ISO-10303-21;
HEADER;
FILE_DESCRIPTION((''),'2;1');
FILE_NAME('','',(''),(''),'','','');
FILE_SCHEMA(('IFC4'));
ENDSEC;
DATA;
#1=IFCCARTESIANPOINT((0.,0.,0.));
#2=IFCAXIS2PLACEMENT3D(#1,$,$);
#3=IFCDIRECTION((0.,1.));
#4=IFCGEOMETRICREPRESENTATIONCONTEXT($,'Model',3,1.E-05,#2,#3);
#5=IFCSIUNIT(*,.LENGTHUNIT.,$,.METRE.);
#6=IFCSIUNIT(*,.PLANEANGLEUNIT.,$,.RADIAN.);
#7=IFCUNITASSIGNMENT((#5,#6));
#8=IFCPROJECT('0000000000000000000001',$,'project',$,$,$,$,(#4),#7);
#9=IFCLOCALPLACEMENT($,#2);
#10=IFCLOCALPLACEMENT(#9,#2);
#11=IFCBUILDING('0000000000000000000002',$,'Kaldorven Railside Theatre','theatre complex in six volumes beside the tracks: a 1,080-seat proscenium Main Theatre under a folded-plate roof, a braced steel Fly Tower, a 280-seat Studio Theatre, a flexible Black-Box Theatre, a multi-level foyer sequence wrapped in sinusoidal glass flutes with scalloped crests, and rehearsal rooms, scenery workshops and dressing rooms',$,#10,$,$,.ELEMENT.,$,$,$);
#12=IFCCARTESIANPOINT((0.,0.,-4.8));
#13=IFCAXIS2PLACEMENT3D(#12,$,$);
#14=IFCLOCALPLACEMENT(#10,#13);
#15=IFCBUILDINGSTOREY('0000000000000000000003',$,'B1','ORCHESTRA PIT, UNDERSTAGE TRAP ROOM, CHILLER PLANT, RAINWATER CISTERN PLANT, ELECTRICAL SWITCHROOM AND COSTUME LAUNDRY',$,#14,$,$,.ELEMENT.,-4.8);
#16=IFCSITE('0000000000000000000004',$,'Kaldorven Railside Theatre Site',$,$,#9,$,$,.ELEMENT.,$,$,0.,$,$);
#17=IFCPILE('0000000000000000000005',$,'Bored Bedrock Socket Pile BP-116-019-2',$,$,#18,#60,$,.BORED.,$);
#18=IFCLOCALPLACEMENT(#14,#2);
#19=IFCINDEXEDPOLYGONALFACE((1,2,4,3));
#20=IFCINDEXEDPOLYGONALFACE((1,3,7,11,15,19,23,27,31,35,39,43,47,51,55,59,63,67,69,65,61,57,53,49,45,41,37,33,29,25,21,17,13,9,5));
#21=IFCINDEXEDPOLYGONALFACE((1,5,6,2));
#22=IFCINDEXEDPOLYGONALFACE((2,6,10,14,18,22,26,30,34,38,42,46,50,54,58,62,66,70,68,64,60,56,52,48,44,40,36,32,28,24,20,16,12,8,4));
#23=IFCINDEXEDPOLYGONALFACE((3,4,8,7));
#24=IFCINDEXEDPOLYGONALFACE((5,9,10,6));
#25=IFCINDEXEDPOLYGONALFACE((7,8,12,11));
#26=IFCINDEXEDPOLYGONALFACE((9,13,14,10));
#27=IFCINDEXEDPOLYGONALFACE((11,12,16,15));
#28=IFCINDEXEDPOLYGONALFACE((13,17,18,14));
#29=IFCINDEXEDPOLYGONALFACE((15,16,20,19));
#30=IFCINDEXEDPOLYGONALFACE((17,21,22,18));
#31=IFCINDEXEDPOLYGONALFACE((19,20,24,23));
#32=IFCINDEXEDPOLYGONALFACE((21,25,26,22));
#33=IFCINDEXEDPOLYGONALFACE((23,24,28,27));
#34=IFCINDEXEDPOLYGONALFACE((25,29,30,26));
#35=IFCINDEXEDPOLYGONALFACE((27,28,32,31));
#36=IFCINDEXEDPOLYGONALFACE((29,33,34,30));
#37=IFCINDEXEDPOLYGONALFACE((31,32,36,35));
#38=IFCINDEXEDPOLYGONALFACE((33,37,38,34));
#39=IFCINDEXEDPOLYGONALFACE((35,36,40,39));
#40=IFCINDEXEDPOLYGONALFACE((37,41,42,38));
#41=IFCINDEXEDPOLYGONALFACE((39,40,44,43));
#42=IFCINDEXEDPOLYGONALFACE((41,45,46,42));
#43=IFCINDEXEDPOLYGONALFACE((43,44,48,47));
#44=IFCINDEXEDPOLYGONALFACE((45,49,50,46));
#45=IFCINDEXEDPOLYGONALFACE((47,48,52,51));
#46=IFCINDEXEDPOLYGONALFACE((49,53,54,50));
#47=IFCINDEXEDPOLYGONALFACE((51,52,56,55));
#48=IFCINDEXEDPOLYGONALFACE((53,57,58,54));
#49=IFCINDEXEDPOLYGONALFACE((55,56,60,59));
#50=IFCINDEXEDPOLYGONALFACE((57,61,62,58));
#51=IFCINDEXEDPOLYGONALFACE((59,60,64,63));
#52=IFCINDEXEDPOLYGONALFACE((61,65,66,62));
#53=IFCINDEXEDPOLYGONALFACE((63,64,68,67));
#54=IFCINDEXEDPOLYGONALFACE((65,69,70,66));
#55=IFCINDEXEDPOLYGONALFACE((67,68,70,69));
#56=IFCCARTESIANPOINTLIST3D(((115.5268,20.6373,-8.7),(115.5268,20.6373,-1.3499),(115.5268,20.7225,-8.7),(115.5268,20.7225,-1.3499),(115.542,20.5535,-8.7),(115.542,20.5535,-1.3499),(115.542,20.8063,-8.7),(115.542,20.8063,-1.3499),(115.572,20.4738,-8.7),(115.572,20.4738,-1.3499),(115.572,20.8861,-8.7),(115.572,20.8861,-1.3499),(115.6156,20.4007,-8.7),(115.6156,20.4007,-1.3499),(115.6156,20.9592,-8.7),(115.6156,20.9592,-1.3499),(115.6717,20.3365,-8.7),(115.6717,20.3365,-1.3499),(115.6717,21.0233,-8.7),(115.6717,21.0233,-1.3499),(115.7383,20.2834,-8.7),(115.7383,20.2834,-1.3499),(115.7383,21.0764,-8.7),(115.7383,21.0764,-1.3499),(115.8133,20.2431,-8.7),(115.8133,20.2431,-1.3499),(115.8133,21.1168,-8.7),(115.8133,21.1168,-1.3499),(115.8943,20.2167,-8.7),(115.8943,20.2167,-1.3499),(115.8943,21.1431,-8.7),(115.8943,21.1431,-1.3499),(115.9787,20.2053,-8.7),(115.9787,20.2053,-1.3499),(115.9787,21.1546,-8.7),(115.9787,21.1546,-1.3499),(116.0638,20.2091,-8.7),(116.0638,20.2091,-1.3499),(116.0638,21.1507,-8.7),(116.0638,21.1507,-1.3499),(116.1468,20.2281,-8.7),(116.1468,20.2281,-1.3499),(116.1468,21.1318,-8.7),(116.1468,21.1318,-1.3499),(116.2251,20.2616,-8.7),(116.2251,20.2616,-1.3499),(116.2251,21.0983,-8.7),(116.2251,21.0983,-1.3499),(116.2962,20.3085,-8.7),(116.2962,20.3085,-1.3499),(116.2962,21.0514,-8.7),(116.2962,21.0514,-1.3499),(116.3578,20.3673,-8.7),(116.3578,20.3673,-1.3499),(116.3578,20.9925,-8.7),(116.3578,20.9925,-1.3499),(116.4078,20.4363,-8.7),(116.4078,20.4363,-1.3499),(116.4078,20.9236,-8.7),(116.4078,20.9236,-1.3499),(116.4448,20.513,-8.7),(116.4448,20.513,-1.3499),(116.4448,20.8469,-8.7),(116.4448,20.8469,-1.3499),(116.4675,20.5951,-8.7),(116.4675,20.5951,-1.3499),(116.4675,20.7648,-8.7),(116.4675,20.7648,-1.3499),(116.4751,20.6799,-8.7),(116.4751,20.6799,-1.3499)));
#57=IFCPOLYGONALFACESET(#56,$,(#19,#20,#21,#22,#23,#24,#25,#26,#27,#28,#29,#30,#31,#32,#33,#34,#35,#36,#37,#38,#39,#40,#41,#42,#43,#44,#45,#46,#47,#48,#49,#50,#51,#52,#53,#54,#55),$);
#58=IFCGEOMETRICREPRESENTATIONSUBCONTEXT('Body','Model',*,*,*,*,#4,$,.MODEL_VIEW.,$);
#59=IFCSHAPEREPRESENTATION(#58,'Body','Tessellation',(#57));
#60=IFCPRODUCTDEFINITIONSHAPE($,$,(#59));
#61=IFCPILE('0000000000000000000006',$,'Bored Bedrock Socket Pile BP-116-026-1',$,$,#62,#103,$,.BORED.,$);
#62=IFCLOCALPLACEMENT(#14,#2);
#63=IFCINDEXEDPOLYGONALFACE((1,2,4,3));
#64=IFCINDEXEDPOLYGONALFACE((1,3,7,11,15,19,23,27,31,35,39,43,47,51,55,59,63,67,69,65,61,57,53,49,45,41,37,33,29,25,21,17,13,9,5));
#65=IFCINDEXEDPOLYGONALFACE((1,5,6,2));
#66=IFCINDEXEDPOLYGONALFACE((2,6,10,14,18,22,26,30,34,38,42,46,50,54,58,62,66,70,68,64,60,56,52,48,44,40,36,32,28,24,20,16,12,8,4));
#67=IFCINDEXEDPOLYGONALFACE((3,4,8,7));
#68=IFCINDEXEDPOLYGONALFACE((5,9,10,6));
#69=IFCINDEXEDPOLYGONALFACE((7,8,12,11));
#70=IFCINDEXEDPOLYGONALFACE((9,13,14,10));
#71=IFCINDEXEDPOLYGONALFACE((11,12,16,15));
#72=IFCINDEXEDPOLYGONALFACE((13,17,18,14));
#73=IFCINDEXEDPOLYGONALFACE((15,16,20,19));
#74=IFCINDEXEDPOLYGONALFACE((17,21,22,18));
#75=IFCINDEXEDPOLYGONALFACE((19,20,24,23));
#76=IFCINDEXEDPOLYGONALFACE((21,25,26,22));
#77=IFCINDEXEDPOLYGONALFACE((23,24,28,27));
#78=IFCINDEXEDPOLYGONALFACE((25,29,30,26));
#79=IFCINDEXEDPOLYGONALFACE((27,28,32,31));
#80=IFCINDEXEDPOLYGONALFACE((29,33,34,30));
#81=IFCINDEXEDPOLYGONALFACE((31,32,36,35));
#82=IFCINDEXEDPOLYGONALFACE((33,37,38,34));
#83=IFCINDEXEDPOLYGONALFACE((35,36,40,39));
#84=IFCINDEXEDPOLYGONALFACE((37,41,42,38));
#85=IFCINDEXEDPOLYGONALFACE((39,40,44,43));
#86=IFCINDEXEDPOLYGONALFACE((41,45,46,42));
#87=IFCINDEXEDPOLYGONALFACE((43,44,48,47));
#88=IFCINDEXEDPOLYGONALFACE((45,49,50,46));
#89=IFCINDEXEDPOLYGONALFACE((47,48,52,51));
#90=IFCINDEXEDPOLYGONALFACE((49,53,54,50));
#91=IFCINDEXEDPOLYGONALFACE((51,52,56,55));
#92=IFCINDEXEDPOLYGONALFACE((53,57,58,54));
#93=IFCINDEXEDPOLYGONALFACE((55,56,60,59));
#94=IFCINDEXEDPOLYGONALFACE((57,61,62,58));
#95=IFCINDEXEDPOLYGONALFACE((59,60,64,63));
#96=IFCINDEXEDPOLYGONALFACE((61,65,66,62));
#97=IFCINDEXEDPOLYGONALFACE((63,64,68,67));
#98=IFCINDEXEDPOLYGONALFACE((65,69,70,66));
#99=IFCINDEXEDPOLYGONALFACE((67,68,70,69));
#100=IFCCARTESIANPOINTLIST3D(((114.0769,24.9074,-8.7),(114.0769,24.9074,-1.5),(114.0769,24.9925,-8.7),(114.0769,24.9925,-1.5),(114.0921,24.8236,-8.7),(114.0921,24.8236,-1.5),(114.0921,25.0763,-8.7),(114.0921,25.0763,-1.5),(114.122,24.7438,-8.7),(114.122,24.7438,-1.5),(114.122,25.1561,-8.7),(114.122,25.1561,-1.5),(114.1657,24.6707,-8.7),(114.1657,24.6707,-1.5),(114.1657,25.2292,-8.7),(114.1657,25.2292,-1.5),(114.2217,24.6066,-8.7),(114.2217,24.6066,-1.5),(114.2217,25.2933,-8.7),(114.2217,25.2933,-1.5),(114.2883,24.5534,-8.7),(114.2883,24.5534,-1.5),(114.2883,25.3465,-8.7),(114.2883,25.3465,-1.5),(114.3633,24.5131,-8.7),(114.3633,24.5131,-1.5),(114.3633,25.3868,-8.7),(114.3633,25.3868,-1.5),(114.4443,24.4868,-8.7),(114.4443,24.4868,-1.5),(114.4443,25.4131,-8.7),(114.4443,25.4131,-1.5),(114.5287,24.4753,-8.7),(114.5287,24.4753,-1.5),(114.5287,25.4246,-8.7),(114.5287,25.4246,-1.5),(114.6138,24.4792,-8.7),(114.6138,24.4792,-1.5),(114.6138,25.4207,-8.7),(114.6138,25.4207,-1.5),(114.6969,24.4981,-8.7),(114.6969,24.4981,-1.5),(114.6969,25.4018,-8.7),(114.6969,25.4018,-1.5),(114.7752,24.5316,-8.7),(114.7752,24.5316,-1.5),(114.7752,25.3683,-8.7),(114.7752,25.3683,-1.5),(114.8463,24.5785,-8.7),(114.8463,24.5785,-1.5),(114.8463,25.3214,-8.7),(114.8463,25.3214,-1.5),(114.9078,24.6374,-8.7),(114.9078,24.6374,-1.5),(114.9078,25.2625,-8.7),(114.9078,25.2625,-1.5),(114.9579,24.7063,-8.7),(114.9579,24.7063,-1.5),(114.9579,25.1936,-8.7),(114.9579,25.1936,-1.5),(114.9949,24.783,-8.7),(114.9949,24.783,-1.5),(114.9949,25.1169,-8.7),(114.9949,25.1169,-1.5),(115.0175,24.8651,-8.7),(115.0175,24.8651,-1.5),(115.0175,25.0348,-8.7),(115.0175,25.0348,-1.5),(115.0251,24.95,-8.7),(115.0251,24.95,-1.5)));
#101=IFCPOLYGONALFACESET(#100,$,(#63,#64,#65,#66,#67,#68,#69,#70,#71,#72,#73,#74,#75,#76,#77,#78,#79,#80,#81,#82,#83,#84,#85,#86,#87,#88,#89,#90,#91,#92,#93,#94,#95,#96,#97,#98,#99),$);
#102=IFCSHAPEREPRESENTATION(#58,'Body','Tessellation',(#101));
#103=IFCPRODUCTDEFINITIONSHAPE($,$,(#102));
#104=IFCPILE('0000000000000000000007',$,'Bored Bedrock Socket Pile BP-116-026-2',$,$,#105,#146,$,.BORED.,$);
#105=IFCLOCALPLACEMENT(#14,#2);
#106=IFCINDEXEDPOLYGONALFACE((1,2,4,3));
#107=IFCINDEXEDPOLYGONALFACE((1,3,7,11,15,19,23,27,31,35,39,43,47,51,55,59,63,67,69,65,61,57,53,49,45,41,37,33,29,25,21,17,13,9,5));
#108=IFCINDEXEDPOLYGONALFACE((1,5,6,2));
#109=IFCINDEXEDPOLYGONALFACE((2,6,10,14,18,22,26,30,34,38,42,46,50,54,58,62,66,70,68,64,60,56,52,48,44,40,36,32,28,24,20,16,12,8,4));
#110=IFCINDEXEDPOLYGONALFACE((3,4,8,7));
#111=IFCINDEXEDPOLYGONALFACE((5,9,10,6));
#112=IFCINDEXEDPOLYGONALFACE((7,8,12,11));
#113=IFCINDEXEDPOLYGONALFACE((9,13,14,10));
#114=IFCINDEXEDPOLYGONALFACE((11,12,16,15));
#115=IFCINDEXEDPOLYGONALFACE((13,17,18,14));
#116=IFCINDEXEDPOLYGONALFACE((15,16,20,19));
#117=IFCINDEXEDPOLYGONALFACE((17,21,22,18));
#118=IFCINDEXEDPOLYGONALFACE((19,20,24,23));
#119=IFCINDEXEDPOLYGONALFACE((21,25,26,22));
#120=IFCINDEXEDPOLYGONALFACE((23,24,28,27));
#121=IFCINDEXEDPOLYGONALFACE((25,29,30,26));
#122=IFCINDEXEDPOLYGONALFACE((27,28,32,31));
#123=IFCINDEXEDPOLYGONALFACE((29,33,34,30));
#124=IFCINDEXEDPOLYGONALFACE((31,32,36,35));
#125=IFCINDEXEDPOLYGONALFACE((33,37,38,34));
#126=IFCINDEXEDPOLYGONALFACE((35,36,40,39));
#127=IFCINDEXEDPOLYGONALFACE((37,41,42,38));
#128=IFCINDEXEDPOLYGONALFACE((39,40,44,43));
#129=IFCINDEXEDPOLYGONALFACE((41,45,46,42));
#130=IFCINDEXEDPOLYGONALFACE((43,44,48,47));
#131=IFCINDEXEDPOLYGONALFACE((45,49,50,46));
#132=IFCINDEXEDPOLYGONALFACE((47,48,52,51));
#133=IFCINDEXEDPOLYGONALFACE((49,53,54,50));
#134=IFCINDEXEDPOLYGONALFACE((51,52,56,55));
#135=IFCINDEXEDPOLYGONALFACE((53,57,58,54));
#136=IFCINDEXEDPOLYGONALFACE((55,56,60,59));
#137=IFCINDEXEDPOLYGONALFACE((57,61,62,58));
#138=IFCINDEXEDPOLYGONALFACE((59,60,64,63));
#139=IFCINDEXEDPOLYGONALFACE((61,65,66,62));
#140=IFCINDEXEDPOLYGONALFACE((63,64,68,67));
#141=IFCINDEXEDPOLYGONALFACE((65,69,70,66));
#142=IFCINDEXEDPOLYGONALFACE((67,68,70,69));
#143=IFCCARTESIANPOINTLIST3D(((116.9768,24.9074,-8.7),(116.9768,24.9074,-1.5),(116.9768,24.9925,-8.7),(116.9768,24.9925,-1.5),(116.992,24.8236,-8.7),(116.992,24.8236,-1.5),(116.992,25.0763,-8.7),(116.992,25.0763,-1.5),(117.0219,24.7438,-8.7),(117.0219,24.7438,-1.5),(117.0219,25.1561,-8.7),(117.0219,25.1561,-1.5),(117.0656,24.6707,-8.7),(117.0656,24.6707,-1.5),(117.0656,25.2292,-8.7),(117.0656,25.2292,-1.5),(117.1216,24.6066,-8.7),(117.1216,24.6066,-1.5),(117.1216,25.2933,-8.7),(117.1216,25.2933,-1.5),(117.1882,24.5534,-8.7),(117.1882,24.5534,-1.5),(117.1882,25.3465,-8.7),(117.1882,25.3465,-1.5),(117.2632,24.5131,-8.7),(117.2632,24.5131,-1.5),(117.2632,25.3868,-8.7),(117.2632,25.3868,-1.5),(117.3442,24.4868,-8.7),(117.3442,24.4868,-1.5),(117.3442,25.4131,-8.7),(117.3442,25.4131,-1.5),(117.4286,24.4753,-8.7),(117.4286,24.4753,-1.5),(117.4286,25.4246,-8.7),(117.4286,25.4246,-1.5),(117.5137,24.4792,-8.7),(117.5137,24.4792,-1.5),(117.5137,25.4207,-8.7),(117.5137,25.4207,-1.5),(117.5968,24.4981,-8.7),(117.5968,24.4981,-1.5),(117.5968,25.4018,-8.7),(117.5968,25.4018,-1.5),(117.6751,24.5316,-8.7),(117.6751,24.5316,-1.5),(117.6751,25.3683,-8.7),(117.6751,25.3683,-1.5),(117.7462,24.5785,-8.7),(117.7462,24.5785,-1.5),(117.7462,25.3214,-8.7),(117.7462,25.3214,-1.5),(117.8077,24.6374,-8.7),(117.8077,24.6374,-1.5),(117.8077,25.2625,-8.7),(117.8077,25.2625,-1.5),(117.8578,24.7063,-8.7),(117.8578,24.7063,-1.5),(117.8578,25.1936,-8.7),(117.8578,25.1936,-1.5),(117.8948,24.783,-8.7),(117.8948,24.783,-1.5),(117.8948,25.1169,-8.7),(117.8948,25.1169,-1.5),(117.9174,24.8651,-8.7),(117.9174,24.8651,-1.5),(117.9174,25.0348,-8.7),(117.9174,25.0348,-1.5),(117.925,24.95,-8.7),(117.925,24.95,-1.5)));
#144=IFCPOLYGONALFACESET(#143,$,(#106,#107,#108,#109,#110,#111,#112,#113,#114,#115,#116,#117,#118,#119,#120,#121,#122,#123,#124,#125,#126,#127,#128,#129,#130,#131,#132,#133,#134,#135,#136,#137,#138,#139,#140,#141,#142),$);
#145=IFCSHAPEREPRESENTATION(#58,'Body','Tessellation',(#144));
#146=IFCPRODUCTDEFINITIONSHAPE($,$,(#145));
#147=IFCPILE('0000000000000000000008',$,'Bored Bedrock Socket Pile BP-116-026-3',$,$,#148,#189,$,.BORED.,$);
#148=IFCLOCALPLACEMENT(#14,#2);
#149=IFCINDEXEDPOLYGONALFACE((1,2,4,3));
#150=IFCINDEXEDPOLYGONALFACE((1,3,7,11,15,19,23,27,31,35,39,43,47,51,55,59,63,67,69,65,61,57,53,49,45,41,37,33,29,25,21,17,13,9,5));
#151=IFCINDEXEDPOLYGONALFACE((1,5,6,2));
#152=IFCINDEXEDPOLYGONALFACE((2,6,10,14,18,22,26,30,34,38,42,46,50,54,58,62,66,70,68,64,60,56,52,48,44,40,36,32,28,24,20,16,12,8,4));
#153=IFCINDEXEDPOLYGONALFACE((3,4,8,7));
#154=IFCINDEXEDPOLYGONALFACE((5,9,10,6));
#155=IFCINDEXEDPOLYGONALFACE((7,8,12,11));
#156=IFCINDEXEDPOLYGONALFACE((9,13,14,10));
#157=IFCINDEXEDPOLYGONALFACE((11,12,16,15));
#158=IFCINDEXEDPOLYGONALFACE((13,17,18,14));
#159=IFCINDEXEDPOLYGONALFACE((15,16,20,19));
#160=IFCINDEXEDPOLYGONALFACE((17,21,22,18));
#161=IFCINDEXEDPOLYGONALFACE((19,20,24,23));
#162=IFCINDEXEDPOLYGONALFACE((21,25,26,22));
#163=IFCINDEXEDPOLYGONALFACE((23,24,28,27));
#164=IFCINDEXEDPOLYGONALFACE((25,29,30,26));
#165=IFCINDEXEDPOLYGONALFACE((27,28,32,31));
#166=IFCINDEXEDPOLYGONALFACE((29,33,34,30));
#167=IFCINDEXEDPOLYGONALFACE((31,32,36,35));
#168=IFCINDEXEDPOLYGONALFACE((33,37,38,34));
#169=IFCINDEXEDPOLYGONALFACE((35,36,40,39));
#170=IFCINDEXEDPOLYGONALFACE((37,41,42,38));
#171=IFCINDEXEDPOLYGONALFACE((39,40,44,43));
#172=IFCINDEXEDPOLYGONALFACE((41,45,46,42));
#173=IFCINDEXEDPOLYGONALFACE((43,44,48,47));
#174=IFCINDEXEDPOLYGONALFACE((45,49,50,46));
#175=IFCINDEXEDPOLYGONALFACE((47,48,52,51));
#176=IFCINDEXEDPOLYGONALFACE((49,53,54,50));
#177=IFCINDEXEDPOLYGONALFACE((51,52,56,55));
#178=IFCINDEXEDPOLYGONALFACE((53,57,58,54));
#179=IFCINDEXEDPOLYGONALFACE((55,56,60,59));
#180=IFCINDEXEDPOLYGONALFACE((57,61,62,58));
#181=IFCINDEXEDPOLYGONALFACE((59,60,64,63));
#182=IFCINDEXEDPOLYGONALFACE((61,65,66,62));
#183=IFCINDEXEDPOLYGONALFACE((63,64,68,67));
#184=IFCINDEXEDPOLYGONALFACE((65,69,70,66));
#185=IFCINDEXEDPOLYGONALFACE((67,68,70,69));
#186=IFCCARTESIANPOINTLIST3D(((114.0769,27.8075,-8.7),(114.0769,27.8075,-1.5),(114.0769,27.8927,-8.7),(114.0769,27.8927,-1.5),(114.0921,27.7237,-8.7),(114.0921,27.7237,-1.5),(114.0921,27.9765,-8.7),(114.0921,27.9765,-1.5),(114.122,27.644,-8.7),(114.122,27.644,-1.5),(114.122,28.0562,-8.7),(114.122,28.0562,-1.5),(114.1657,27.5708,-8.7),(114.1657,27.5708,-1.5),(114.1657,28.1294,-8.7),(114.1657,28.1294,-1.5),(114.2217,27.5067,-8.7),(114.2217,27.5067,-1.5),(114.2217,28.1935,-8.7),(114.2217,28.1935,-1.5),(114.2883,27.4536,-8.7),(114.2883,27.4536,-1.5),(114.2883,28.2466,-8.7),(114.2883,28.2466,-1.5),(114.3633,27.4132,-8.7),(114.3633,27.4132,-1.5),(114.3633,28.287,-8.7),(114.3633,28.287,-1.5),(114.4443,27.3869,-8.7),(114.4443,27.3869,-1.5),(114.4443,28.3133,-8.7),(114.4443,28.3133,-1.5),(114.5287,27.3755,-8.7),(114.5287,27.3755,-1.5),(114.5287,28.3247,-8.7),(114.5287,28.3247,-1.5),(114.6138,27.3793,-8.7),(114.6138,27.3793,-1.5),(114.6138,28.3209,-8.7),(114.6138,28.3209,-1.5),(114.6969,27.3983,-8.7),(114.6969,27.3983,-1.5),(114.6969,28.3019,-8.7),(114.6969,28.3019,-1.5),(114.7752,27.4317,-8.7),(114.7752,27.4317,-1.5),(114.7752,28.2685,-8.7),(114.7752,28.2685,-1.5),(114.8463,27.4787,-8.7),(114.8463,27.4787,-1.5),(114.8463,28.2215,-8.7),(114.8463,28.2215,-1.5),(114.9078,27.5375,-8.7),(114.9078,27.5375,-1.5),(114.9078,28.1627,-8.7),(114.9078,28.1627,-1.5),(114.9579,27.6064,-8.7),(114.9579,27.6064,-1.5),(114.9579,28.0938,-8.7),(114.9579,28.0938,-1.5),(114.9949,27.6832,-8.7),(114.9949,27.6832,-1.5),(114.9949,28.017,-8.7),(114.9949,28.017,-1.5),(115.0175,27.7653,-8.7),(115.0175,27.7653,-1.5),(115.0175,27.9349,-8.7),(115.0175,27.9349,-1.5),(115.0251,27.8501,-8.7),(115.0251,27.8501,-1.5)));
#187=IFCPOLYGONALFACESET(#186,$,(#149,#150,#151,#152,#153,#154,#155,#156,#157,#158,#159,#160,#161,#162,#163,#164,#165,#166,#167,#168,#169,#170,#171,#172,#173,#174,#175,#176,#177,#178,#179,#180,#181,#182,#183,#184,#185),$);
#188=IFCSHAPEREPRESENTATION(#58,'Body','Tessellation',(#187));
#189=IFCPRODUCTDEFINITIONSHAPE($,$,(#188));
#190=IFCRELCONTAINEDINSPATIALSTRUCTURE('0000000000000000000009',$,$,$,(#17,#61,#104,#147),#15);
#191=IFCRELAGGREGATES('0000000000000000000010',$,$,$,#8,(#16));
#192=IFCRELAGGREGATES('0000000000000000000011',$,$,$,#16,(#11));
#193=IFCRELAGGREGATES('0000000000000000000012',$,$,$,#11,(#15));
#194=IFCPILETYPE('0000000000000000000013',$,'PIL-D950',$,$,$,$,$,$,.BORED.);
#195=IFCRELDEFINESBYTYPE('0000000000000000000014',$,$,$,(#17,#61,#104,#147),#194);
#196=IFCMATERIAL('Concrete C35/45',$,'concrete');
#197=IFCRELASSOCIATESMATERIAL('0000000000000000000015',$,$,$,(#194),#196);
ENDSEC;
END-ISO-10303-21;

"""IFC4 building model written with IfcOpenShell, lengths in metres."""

from ifc_helpers import new_model, si_unit, direction, frame, origin, origin_2d, place, context, subcontext, project, spatial, circle, extrude, material, material_profile, profile_set, type_object, element, save


model = new_model("IFC4")

# Units and contexts
model_context = context("Model", 3, precision=1e-05, world=origin(), true_north=direction((0.0, 1.0)))
body_context = subcontext(model_context, "Body", "Model", "MODEL_VIEW")
ifc_project = project(units=[si_unit("LENGTHUNIT", "METRE"), si_unit("PLANEANGLEUNIT", "RADIAN")], contexts=[model_context])

# Site, building, storey
site_placement = place(None, origin())
site = spatial("IfcSite", under=ifc_project, at=site_placement, Name="Kaldorven Railside Theatre Site", CompositionType="ELEMENT", RefElevation=0.0)
building_placement = place(site_placement, origin())
building = spatial("IfcBuilding", under=site, at=building_placement, Name="Kaldorven Railside Theatre", Description="theatre complex in six volumes beside the tracks: a 1,080-seat proscenium Main Theatre under a folded-plate roof, a braced steel Fly Tower, a 280-seat Studio Theatre, a flexible Black-Box Theatre, a multi-level foyer sequence wrapped in sinusoidal glass flutes with scalloped crests, and rehearsal rooms, scenery workshops and dressing rooms", CompositionType="ELEMENT")
storey_placement = place(building_placement, frame((0.0, 0.0, -4.8)))
storey = spatial("IfcBuildingStorey", under=building, at=storey_placement, Name="B1", Description="ORCHESTRA PIT, UNDERSTAGE TRAP ROOM, CHILLER PLANT, RAINWATER CISTERN PLANT, ELECTRICAL SWITCHROOM AND COSTUME LAUNDRY", CompositionType="ELEMENT", Elevation=-4.8)

# Piles
ifc_material_1 = material(Name="Concrete C35/45", Category="concrete")
ifc_material_profile_1 = material_profile(ifc_material_1, circle(Radius=0.4751, at=origin_2d()), Name="BP D950")
ifc_profile_set_1 = profile_set([ifc_material_profile_1], Name="Concrete C35/45")
pile_type_1 = type_object("IfcPileType", Name="PIL-D950", PredefinedType="BORED", material=ifc_profile_set_1)
pile_placement = place(storey_placement, frame((116.0, 20.6799, -1.3499), z_axis=(0.0, 0.0, -1.0), x_axis=(1.0, 0.0, 0.0)))
element("IfcPile", 1, at=pile_placement, inside=storey, type_object=pile_type_1, Name="Bored Bedrock Socket Pile BP-116-019-2", PredefinedType="BORED", context=body_context, shape_type="SweptSolid", body=[
    extrude(circle(Radius=0.4751, at=origin_2d()), origin(), (0.0, 0.0, 1.0), 7.3501),
])
for number, where, z_axis, x_axis, name in (
    (2, (114.55, 24.95, -1.5), (0.0, 0.0, -1.0), (1.0, 0.0, 0.0), "Bored Bedrock Socket Pile BP-116-026-1"),
    (3, (117.45, 24.95, -1.5), (0.0, 0.0, -1.0), (1.0, 0.0, 0.0), "Bored Bedrock Socket Pile BP-116-026-2"),
    (4, (114.55, 27.8501, -1.5), (0.0, 0.0, -1.0), (1.0, 0.0, 0.0), "Bored Bedrock Socket Pile BP-116-026-3"),
):
    element("IfcPile", number, at=place(storey_placement, frame(where, z_axis=z_axis, x_axis=x_axis)), inside=storey, type_object=pile_type_1, Name=name, PredefinedType="BORED", context=body_context, shape_type="SweptSolid", body=[
        extrude(circle(Radius=0.4751, at=origin_2d()), origin(), (0.0, 0.0, 1.0), 7.2),
    ])

save(model, "model.ifc")
